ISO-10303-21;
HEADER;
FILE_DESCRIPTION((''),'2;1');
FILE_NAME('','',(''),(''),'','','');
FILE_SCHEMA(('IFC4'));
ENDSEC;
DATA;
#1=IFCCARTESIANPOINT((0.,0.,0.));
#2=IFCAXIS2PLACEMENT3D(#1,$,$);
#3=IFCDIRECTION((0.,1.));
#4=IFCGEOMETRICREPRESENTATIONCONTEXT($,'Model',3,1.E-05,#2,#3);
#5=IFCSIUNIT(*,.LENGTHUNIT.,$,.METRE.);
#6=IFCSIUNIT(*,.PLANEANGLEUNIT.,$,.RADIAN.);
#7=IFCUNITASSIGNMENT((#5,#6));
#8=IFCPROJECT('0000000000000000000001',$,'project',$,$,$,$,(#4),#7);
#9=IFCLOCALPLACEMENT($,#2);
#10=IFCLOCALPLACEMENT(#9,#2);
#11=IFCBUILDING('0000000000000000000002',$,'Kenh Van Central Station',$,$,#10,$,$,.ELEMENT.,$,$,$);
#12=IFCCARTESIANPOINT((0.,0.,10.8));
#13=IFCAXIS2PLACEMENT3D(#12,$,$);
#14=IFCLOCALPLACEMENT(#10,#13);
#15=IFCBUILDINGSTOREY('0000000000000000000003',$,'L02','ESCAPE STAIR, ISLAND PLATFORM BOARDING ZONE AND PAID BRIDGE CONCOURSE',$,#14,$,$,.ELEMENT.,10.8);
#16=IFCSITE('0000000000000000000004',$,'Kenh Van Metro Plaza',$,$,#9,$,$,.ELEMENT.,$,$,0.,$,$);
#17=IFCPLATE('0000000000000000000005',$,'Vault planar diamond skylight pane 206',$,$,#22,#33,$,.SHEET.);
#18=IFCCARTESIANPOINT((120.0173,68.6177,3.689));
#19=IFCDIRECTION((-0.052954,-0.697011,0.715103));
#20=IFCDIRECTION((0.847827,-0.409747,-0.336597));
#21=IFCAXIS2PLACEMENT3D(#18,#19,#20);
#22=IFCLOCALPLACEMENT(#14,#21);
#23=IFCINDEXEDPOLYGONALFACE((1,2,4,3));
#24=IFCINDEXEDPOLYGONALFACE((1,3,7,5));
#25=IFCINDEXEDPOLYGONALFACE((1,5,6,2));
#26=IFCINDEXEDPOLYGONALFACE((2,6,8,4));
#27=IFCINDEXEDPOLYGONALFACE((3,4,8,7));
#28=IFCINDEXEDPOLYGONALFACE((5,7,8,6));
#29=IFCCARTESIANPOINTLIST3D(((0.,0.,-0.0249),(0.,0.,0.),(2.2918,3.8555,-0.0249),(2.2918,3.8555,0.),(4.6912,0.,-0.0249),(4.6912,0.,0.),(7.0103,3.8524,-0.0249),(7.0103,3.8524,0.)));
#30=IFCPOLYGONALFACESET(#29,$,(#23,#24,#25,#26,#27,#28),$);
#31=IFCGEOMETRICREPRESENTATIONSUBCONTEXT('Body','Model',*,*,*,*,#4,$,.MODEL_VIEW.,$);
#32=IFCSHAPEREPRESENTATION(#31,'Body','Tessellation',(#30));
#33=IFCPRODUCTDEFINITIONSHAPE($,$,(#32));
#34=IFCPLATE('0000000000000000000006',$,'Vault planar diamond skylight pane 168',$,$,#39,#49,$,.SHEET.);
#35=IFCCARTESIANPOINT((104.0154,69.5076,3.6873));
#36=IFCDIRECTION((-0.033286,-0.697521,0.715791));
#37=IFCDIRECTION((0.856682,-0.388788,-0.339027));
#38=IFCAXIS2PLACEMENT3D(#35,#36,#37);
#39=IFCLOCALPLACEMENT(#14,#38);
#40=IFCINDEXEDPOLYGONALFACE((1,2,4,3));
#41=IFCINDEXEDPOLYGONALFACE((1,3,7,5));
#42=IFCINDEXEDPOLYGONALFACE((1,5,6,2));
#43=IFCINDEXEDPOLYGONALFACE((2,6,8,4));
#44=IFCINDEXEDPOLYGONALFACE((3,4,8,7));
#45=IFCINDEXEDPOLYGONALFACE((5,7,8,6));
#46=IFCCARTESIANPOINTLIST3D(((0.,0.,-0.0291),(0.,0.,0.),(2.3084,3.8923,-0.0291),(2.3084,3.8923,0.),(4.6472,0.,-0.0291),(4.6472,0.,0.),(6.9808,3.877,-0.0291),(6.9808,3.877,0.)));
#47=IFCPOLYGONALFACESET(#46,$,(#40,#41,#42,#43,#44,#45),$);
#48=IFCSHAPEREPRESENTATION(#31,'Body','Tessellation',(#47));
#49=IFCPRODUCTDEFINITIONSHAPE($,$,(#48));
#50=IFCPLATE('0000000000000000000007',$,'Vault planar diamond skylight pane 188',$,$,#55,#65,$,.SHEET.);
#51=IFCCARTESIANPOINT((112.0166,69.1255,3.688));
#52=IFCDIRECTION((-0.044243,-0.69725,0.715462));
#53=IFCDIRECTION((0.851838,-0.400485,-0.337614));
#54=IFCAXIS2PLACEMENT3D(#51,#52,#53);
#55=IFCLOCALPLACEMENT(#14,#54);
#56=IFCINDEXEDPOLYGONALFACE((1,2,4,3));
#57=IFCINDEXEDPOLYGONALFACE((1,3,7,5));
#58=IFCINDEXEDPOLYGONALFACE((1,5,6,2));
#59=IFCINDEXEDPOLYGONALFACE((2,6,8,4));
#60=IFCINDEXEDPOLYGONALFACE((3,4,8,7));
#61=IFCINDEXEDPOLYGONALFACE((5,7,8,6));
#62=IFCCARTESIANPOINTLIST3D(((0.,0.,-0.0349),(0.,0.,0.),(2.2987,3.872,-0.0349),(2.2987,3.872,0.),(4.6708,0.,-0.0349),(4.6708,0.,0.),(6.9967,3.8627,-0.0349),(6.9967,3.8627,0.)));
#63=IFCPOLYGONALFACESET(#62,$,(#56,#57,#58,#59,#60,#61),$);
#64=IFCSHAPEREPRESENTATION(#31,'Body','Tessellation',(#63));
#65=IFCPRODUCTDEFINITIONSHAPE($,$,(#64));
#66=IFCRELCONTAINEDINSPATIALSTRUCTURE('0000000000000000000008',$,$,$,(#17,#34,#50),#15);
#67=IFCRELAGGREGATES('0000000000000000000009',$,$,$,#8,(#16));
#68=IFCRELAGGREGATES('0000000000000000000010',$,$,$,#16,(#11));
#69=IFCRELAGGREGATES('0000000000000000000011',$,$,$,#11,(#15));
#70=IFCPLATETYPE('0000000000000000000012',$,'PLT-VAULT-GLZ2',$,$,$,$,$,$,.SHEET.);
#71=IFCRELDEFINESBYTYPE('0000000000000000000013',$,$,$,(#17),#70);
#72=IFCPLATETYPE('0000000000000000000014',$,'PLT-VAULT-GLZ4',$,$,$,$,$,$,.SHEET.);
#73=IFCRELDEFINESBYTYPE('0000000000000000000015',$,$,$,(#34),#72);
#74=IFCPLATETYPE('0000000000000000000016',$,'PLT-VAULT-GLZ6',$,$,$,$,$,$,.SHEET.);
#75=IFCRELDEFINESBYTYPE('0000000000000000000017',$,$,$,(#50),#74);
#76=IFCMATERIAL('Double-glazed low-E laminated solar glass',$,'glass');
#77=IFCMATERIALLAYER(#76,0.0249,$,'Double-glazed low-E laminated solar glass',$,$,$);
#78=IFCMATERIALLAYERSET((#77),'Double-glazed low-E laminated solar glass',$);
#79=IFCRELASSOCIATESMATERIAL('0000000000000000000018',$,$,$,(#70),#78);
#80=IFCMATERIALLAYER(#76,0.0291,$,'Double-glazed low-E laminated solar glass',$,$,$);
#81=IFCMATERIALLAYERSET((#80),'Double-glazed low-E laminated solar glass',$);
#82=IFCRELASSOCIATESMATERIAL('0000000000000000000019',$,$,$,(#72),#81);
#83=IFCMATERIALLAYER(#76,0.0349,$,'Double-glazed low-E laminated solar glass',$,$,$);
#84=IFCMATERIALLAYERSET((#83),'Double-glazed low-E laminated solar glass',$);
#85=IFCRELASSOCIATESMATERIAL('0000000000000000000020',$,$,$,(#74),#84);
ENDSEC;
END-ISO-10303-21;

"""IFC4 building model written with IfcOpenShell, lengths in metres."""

from ifc_helpers import new_model, si_unit, direction, frame, origin, place, context, subcontext, project, spatial, polyline, outline, extrude, material, layer, layer_set, type_object, element, save


model = new_model("IFC4")

# Units and contexts
model_context = context("Model", 3, precision=1e-05, world=origin(), true_north=direction((0.0, 1.0)))
body_context = subcontext(model_context, "Body", "Model", "MODEL_VIEW")
ifc_project = project(units=[si_unit("LENGTHUNIT", "METRE"), si_unit("PLANEANGLEUNIT", "RADIAN")], contexts=[model_context])

# Site, building, storey
site_placement = place(None, origin())
site = spatial("IfcSite", under=ifc_project, at=site_placement, Name="Kenh Van Metro Plaza", CompositionType="ELEMENT", RefElevation=0.0)
building_placement = place(site_placement, origin())
building = spatial("IfcBuilding", under=site, at=building_placement, Name="Kenh Van Central Station", CompositionType="ELEMENT")
storey_placement = place(building_placement, frame((0.0, 0.0, 10.8)))
storey = spatial("IfcBuildingStorey", under=building, at=storey_placement, Name="L02", Description="ESCAPE STAIR, ISLAND PLATFORM BOARDING ZONE AND PAID BRIDGE CONCOURSE", CompositionType="ELEMENT", Elevation=10.8)

# Plates
ifc_material_1 = material(Name="Double-glazed low-E laminated solar glass", Category="glass")
ifc_layer_1 = layer(ifc_material_1, 0.0249, Name="Double-glazed low-E laminated solar glass")
ifc_layer_set_1 = layer_set([ifc_layer_1], Name="Double-glazed low-E laminated solar glass")
plate_type_1 = type_object("IfcPlateType", Name="PLT-VAULT-GLZ2", PredefinedType="SHEET", material=ifc_layer_set_1)
plate_1_placement = place(storey_placement, frame((120.0173, 68.6177, 3.689), z_axis=(-0.052954, -0.697011, 0.715103), x_axis=(0.847827, -0.409747, -0.336597)))
element("IfcPlate", 1, at=plate_1_placement, inside=storey, type_object=plate_type_1, Name="Vault planar diamond skylight pane 206", PredefinedType="SHEET", context=body_context, shape_type="SweptSolid", body=[
    extrude(outline(polyline([(0.0, 0.0), (4.6912, 0.0), (7.0103, 3.8524), (2.2918, 3.8555), (0.0, 0.0)])), origin(), (0.0, 0.0, -1.0), 0.0249),
])
ifc_layer_2 = layer(ifc_material_1, 0.0291, Name="Double-glazed low-E laminated solar glass")
ifc_layer_set_2 = layer_set([ifc_layer_2], Name="Double-glazed low-E laminated solar glass")
plate_type_2 = type_object("IfcPlateType", Name="PLT-VAULT-GLZ4", PredefinedType="SHEET", material=ifc_layer_set_2)
plate_2_placement = place(storey_placement, frame((104.0154, 69.5076, 3.6873), z_axis=(-0.033286, -0.697521, 0.715791), x_axis=(0.856682, -0.388788, -0.339027)))
element("IfcPlate", 2, at=plate_2_placement, inside=storey, type_object=plate_type_2, Name="Vault planar diamond skylight pane 168", PredefinedType="SHEET", context=body_context, shape_type="SweptSolid", body=[
    extrude(outline(polyline([(0.0, 0.0), (4.6472, 0.0), (6.9808, 3.877), (2.3084, 3.8923), (0.0, 0.0)])), origin(), (0.0, 0.0, -1.0), 0.0291),
])
ifc_layer_3 = layer(ifc_material_1, 0.0349, Name="Double-glazed low-E laminated solar glass")
ifc_layer_set_3 = layer_set([ifc_layer_3], Name="Double-glazed low-E laminated solar glass")
plate_type_3 = type_object("IfcPlateType", Name="PLT-VAULT-GLZ6", PredefinedType="SHEET", material=ifc_layer_set_3)
plate_3_placement = place(storey_placement, frame((112.0166, 69.1255, 3.688), z_axis=(-0.044243, -0.69725, 0.715462), x_axis=(0.851838, -0.400485, -0.337614)))
element("IfcPlate", 3, at=plate_3_placement, inside=storey, type_object=plate_type_3, Name="Vault planar diamond skylight pane 188", PredefinedType="SHEET", context=body_context, shape_type="SweptSolid", body=[
    extrude(outline(polyline([(0.0, 0.0), (4.6708, 0.0), (6.9967, 3.8627), (2.2987, 3.872), (0.0, 0.0)])), origin(), (0.0, 0.0, -1.0), 0.0349),
])

save(model, "model.ifc")
